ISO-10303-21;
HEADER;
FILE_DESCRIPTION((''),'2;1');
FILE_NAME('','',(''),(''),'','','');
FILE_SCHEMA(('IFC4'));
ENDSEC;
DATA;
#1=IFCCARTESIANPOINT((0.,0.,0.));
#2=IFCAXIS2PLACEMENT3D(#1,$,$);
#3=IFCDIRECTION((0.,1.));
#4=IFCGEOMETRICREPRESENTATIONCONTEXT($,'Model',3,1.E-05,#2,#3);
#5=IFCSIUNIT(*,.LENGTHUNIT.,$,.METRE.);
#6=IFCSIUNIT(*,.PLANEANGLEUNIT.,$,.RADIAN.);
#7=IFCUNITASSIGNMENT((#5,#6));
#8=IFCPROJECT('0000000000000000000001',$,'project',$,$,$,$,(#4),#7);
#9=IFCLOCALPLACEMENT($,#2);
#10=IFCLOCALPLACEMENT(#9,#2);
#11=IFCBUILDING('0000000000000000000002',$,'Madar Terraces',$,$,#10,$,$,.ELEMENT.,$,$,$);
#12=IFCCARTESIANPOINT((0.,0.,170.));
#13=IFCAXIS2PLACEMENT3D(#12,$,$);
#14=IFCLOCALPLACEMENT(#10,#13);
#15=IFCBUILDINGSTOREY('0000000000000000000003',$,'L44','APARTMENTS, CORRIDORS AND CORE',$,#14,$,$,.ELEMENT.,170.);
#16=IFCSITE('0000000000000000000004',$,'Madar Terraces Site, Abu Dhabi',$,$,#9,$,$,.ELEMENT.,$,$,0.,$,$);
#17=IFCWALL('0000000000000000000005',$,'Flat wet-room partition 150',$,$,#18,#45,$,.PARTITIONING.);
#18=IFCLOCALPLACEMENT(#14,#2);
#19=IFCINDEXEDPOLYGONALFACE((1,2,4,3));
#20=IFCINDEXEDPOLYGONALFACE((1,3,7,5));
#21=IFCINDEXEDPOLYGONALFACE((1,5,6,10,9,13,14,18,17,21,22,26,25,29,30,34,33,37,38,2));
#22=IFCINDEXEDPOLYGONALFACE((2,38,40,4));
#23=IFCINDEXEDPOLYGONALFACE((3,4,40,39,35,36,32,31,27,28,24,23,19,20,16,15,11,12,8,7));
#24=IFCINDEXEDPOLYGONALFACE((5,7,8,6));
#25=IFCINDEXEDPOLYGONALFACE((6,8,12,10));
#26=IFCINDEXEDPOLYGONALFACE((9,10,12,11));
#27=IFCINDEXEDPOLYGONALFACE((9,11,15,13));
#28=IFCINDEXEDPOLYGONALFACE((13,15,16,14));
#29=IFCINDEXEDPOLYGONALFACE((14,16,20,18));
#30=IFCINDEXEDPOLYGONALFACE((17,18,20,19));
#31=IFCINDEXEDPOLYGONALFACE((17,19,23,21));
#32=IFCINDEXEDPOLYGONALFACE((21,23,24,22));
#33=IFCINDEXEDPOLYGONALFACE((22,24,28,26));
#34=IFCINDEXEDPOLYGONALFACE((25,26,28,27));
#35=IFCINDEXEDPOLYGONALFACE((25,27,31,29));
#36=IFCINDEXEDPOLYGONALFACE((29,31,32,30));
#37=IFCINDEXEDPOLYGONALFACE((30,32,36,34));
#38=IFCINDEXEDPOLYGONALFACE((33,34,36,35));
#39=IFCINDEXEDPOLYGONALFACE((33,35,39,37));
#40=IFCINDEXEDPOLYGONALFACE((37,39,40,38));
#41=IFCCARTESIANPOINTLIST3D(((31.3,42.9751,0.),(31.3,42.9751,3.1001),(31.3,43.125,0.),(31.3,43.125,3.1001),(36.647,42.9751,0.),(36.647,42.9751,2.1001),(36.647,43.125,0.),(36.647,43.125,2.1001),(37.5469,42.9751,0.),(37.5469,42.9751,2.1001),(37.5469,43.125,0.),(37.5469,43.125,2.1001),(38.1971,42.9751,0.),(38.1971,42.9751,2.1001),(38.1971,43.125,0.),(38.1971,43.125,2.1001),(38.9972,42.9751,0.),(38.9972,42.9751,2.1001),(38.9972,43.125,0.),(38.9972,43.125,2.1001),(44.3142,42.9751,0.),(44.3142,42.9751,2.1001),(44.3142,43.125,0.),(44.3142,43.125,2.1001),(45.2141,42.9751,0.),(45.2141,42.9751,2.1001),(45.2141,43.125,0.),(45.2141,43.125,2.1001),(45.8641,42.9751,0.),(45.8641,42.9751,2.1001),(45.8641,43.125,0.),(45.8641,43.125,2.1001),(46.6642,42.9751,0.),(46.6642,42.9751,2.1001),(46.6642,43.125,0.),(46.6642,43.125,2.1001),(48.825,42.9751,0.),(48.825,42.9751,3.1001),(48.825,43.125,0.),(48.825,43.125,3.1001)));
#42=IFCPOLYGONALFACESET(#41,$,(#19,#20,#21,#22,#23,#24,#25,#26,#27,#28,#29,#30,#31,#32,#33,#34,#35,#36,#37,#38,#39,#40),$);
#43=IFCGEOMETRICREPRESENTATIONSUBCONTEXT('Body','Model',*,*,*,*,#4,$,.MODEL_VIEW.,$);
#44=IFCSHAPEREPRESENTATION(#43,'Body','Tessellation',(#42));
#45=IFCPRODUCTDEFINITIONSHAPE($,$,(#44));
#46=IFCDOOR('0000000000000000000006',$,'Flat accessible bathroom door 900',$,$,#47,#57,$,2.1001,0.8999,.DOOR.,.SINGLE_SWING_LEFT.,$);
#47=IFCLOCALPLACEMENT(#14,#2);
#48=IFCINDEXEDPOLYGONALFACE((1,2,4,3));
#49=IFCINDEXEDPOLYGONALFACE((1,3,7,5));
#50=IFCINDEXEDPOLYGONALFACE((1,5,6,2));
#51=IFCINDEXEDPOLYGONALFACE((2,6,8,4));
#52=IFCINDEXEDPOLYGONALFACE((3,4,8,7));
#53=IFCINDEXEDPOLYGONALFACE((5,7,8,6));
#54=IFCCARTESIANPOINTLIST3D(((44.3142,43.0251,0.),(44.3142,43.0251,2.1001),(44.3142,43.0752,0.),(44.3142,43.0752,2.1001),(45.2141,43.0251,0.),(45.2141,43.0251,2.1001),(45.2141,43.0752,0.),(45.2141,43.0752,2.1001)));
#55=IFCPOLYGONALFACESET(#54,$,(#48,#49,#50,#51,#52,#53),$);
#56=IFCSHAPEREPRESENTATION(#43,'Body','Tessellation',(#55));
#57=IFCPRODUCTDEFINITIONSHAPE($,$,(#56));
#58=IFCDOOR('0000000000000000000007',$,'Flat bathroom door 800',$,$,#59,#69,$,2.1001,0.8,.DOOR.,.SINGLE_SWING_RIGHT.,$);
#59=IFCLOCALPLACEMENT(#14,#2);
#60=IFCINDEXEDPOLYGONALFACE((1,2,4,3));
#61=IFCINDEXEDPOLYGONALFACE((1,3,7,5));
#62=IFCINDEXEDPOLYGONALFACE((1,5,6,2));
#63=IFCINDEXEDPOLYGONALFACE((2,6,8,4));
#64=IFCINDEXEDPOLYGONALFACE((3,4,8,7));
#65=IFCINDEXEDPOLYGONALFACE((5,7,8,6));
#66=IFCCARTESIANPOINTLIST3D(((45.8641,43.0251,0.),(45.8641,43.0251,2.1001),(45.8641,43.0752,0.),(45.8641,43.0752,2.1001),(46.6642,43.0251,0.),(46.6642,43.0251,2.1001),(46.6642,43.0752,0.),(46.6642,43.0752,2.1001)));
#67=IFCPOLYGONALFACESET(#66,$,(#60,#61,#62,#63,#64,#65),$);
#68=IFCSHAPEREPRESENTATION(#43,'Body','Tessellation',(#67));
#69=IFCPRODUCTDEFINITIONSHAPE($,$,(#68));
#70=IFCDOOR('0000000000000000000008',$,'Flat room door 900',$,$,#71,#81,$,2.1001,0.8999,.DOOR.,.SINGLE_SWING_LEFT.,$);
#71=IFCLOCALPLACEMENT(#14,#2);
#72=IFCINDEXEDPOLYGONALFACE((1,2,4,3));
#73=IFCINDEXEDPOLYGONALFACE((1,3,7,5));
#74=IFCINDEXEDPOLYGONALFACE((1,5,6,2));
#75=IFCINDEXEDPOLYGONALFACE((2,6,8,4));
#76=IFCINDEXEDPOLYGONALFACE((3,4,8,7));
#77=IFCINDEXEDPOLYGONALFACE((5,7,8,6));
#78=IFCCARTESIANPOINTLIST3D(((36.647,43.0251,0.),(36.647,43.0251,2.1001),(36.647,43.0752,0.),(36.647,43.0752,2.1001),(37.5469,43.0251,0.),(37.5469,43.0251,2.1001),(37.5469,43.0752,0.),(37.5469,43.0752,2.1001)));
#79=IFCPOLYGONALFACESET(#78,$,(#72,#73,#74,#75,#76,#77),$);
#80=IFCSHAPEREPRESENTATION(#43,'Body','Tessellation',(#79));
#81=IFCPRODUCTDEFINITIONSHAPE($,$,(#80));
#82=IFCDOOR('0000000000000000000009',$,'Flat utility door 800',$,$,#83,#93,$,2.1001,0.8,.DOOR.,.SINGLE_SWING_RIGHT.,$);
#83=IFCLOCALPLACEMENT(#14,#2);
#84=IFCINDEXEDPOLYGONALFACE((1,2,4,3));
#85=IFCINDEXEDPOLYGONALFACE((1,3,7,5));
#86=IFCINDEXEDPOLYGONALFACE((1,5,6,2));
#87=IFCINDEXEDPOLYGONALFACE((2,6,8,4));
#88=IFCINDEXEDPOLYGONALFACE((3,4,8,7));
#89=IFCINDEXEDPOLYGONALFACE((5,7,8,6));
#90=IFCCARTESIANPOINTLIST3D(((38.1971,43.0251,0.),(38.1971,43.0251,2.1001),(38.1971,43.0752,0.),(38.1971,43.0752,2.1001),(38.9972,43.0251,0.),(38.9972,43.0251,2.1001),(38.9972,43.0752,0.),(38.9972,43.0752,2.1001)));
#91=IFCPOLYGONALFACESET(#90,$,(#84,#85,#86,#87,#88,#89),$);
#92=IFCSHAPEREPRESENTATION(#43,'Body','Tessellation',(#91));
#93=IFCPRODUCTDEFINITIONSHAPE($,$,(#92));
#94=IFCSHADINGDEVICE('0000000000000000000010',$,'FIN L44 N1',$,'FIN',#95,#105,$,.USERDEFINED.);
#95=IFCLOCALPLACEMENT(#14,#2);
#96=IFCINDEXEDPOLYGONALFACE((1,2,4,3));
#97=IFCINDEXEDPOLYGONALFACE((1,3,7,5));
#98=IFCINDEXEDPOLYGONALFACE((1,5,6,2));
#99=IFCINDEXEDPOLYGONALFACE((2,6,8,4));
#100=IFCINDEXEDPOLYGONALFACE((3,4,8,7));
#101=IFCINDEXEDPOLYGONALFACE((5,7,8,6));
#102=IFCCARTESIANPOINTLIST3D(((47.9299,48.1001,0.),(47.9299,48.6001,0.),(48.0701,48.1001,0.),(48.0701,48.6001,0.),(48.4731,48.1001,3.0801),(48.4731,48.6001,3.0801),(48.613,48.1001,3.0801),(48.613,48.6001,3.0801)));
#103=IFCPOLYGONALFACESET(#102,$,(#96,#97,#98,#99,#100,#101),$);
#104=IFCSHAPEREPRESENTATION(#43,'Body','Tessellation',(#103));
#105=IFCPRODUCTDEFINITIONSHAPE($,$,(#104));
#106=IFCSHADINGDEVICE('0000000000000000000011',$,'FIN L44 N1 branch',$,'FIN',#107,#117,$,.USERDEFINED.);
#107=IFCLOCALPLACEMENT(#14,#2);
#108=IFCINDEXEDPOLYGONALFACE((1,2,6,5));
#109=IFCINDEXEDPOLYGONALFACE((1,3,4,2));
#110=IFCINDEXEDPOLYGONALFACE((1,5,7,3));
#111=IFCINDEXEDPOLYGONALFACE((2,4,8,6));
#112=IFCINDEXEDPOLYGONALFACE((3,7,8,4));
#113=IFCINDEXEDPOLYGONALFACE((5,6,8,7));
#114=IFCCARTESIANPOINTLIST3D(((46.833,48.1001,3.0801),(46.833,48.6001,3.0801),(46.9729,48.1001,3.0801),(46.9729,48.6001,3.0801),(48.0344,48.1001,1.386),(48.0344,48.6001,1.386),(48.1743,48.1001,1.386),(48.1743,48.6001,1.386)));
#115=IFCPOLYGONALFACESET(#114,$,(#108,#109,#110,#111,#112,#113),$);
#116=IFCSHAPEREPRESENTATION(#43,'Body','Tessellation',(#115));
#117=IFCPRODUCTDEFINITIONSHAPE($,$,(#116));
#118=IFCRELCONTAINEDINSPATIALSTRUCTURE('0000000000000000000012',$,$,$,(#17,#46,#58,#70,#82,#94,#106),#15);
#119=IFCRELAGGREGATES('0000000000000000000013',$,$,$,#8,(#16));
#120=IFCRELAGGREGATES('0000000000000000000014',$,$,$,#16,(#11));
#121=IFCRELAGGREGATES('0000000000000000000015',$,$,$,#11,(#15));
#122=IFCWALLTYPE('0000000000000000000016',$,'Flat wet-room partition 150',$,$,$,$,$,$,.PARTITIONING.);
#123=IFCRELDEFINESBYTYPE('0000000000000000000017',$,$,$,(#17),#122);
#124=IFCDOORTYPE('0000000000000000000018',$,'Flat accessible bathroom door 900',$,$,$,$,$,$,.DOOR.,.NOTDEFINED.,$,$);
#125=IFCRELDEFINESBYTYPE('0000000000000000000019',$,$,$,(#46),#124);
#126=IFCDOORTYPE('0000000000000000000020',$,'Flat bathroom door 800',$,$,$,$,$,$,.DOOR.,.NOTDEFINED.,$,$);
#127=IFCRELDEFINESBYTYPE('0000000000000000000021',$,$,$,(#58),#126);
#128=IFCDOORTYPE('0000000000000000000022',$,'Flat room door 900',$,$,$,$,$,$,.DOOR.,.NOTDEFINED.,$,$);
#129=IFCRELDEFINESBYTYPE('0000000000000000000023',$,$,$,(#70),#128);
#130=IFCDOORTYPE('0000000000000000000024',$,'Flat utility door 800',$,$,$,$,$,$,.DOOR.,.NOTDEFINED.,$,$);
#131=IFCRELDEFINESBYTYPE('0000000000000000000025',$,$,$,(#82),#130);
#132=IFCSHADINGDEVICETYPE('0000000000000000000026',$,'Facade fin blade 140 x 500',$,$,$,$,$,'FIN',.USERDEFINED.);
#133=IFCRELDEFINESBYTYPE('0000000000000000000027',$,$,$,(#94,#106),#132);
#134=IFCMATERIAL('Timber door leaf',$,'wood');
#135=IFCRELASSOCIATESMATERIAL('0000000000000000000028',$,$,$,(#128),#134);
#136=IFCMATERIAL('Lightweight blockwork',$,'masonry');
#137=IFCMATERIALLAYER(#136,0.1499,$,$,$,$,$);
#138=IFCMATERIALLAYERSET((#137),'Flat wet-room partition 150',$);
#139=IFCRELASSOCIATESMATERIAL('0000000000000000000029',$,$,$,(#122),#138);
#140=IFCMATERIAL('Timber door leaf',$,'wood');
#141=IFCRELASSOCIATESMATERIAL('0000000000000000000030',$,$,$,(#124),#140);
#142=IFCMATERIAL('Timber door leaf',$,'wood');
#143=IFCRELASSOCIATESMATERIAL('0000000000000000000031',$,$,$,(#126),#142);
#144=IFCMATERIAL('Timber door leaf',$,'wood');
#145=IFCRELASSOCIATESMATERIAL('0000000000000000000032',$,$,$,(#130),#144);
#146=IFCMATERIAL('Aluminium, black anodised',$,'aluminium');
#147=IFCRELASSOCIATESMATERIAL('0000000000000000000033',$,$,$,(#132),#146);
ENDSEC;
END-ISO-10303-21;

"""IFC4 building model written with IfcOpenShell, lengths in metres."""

from ifc_helpers import new_model, si_unit, direction, frame, frame_2d, origin, place, context, subcontext, project, spatial, polyline, rectangle, outline, extrude, material, layer, layer_set, type_object, element, fill, save


model = new_model("IFC4")

# Units and contexts
model_context = context("Model", 3, precision=1e-05, world=origin(), true_north=direction((0.0, 1.0)))
body_context = subcontext(model_context, "Body", "Model", "MODEL_VIEW")
ifc_project = project(units=[si_unit("LENGTHUNIT", "METRE"), si_unit("PLANEANGLEUNIT", "RADIAN")], contexts=[model_context])

# Site, building, storey
site_placement = place(None, origin())
site = spatial("IfcSite", under=ifc_project, at=site_placement, Name="Madar Terraces Site, Abu Dhabi", CompositionType="ELEMENT", RefElevation=0.0)
building_placement = place(site_placement, origin())
building = spatial("IfcBuilding", under=site, at=building_placement, Name="Madar Terraces", CompositionType="ELEMENT")
storey_placement = place(building_placement, frame((0.0, 0.0, 170.0)))
storey = spatial("IfcBuildingStorey", under=building, at=storey_placement, Name="L44", Description="APARTMENTS, CORRIDORS AND CORE", CompositionType="ELEMENT", Elevation=170.0)

# Shared definitions
ifc_material_1 = material(Name="Timber door leaf", Category="wood")
door_type_1 = type_object("IfcDoorType", Name="Flat room door 900", OperationType="NOTDEFINED", PredefinedType="DOOR", material=ifc_material_1)

# Shared definitions
ifc_material_2 = material(Name="Lightweight blockwork", Category="masonry")
ifc_layer_1 = layer(ifc_material_2, 0.1499)
ifc_layer_set_1 = layer_set([ifc_layer_1], Name="Flat wet-room partition 150")
wall_type_1 = type_object("IfcWallType", Name="Flat wet-room partition 150", PredefinedType="PARTITIONING", material=ifc_layer_set_1)

# Wall, openings, doors
wall_1_placement = place(storey_placement, frame((48.825, 43.05, 0.0), z_axis=(0.0, 0.0, 1.0), x_axis=(-1.0, 0.0, 0.0)))
wall_1 = element("IfcWall", 1, at=wall_1_placement, inside=storey, type_object=wall_type_1, Name="Flat wet-room partition 150", PredefinedType="PARTITIONING", context=body_context, shape_type="SweptSolid", body=[
    extrude(rectangle(XDim=17.5249, YDim=0.1499, at=frame_2d((8.7625, 0.0))), origin(), (0.0, 0.0, 1.0), 3.1001),
])
opening_1_placement = place(wall_1_placement, frame((2.1609, 0.0, 0.0)))
opening_1 = element("IfcOpeningElement", 2, at=opening_1_placement, cuts=wall_1, PredefinedType="OPENING", context=body_context, shape_type="SweptSolid", body=[
    extrude(rectangle(XDim=0.8, YDim=2.1001, at=frame_2d((0.3999, 1.05))), frame((0.0, 0.085, 0.0), z_axis=(0.0, -1.0, 0.0), x_axis=(1.0, 0.0, 0.0)), (0.0, 0.0, 1.0), 0.1699),
])
opening_2_placement = place(wall_1_placement, frame((3.6108, 0.0, 0.0)))
opening_2 = element("IfcOpeningElement", 3, at=opening_2_placement, cuts=wall_1, PredefinedType="OPENING", context=body_context, shape_type="SweptSolid", body=[
    extrude(rectangle(XDim=0.8999, YDim=2.1001, at=frame_2d((0.45, 1.05))), frame((0.0, 0.085, 0.0), z_axis=(0.0, -1.0, 0.0), x_axis=(1.0, 0.0, 0.0)), (0.0, 0.0, 1.0), 0.1699),
])
opening_3_placement = place(wall_1_placement, frame((9.8279, 0.0, 0.0)))
opening_3 = element("IfcOpeningElement", 4, at=opening_3_placement, cuts=wall_1, PredefinedType="OPENING", context=body_context, shape_type="SweptSolid", body=[
    extrude(rectangle(XDim=0.8, YDim=2.1001, at=frame_2d((0.3999, 1.05))), frame((0.0, 0.085, 0.0), z_axis=(0.0, -1.0, 0.0), x_axis=(1.0, 0.0, 0.0)), (0.0, 0.0, 1.0), 0.1699),
])
opening_4_placement = place(wall_1_placement, frame((11.2781, 0.0, 0.0)))
opening_4 = element("IfcOpeningElement", 5, at=opening_4_placement, cuts=wall_1, PredefinedType="OPENING", context=body_context, shape_type="SweptSolid", body=[
    extrude(rectangle(XDim=0.8999, YDim=2.1001, at=frame_2d((0.45, 1.05))), frame((0.0, 0.085, 0.0), z_axis=(0.0, -1.0, 0.0), x_axis=(1.0, 0.0, 0.0)), (0.0, 0.0, 1.0), 0.1699),
])
ifc_material_3 = material(Name="Timber door leaf", Category="wood")
door_type_2 = type_object("IfcDoorType", Name="Flat accessible bathroom door 900", OperationType="NOTDEFINED", PredefinedType="DOOR", material=ifc_material_3)
door_1_placement = place(opening_2_placement, origin())
door_1 = element("IfcDoor", 6, at=door_1_placement, inside=storey, type_object=door_type_2, Name="Flat accessible bathroom door 900", OperationType="SINGLE_SWING_LEFT", OverallHeight=2.1001, OverallWidth=0.8999, PredefinedType="DOOR", context=body_context, shape_type="SweptSolid", body=[
    extrude(rectangle(XDim=0.8999, YDim=2.1001, at=frame_2d((0.45, 1.05))), frame((0.0, 0.0249, 0.0), z_axis=(0.0, -1.0, 0.0), x_axis=(1.0, 0.0, 0.0)), (0.0, 0.0, 1.0), 0.05),
])
fill(opening_2, door_1)
ifc_material_4 = material(Name="Timber door leaf", Category="wood")
door_type_3 = type_object("IfcDoorType", Name="Flat bathroom door 800", OperationType="NOTDEFINED", PredefinedType="DOOR", material=ifc_material_4)
door_2_placement = place(opening_1_placement, origin())
door_2 = element("IfcDoor", 7, at=door_2_placement, inside=storey, type_object=door_type_3, Name="Flat bathroom door 800", OperationType="SINGLE_SWING_RIGHT", OverallHeight=2.1001, OverallWidth=0.8, PredefinedType="DOOR", context=body_context, shape_type="SweptSolid", body=[
    extrude(rectangle(XDim=0.8, YDim=2.1001, at=frame_2d((0.3999, 1.05))), frame((0.0, 0.0249, 0.0), z_axis=(0.0, -1.0, 0.0), x_axis=(1.0, 0.0, 0.0)), (0.0, 0.0, 1.0), 0.05),
])
fill(opening_1, door_2)
door_3_placement = place(opening_4_placement, origin())
door_3 = element("IfcDoor", 8, at=door_3_placement, inside=storey, type_object=door_type_1, Name="Flat room door 900", OperationType="SINGLE_SWING_LEFT", OverallHeight=2.1001, OverallWidth=0.8999, PredefinedType="DOOR", context=body_context, shape_type="SweptSolid", body=[
    extrude(rectangle(XDim=0.8999, YDim=2.1001, at=frame_2d((0.45, 1.05))), frame((0.0, 0.0249, 0.0), z_axis=(0.0, -1.0, 0.0), x_axis=(1.0, 0.0, 0.0)), (0.0, 0.0, 1.0), 0.05),
])
fill(opening_4, door_3)
ifc_material_5 = material(Name="Timber door leaf", Category="wood")
door_type_4 = type_object("IfcDoorType", Name="Flat utility door 800", OperationType="NOTDEFINED", PredefinedType="DOOR", material=ifc_material_5)
door_4_placement = place(opening_3_placement, origin())
door_4 = element("IfcDoor", 9, at=door_4_placement, inside=storey, type_object=door_type_4, Name="Flat utility door 800", OperationType="SINGLE_SWING_RIGHT", OverallHeight=2.1001, OverallWidth=0.8, PredefinedType="DOOR", context=body_context, shape_type="SweptSolid", body=[
    extrude(rectangle(XDim=0.8, YDim=2.1001, at=frame_2d((0.3999, 1.05))), frame((0.0, 0.0249, 0.0), z_axis=(0.0, -1.0, 0.0), x_axis=(1.0, 0.0, 0.0)), (0.0, 0.0, 1.0), 0.05),
])
fill(opening_3, door_4)

# Shading devices
ifc_material_6 = material(Name="Aluminium, black anodised", Category="aluminium")
shading_device_type = type_object("IfcShadingDeviceType", Name="Facade fin blade 140 x 500", ElementType="FIN", PredefinedType="USERDEFINED", material=ifc_material_6)
shading_device_1_placement = place(storey_placement, frame((48.0701, 48.3501, 0.0), z_axis=(0.0, 0.0, 1.0), x_axis=(-1.0, 0.0, 0.0)))
element("IfcShadingDevice", 10, at=shading_device_1_placement, inside=storey, type_object=shading_device_type, Name="FIN L44 N1", ObjectType="FIN", PredefinedType="USERDEFINED", context=body_context, shape_type="SweptSolid", body=[
    extrude(outline(polyline([(0.0, 0.0), (0.1401, 0.0), (-0.4031, 3.0801), (-0.543, 3.0801), (0.0, 0.0)])), frame((0.0, 0.25, 0.0), z_axis=(0.0, -1.0, 0.0), x_axis=(1.0, 0.0, 0.0)), (0.0, 0.0, 1.0), 0.5),
])
shading_device_2_placement = place(storey_placement, frame((48.1743, 48.3501, 1.386), z_axis=(0.0, 0.0, 1.0), x_axis=(-1.0, 0.0, 0.0)))
element("IfcShadingDevice", 11, at=shading_device_2_placement, inside=storey, type_object=shading_device_type, Name="FIN L44 N1 branch", ObjectType="FIN", PredefinedType="USERDEFINED", context=body_context, shape_type="SweptSolid", body=[
    extrude(outline(polyline([(0.0, 0.0), (0.1399, 0.0), (1.3413, 1.6941), (1.2014, 1.6941), (0.0, 0.0)])), frame((0.0, 0.25, 0.0), z_axis=(0.0, -1.0, 0.0), x_axis=(1.0, 0.0, 0.0)), (0.0, 0.0, 1.0), 0.5),
])

save(model, "model.ifc")
